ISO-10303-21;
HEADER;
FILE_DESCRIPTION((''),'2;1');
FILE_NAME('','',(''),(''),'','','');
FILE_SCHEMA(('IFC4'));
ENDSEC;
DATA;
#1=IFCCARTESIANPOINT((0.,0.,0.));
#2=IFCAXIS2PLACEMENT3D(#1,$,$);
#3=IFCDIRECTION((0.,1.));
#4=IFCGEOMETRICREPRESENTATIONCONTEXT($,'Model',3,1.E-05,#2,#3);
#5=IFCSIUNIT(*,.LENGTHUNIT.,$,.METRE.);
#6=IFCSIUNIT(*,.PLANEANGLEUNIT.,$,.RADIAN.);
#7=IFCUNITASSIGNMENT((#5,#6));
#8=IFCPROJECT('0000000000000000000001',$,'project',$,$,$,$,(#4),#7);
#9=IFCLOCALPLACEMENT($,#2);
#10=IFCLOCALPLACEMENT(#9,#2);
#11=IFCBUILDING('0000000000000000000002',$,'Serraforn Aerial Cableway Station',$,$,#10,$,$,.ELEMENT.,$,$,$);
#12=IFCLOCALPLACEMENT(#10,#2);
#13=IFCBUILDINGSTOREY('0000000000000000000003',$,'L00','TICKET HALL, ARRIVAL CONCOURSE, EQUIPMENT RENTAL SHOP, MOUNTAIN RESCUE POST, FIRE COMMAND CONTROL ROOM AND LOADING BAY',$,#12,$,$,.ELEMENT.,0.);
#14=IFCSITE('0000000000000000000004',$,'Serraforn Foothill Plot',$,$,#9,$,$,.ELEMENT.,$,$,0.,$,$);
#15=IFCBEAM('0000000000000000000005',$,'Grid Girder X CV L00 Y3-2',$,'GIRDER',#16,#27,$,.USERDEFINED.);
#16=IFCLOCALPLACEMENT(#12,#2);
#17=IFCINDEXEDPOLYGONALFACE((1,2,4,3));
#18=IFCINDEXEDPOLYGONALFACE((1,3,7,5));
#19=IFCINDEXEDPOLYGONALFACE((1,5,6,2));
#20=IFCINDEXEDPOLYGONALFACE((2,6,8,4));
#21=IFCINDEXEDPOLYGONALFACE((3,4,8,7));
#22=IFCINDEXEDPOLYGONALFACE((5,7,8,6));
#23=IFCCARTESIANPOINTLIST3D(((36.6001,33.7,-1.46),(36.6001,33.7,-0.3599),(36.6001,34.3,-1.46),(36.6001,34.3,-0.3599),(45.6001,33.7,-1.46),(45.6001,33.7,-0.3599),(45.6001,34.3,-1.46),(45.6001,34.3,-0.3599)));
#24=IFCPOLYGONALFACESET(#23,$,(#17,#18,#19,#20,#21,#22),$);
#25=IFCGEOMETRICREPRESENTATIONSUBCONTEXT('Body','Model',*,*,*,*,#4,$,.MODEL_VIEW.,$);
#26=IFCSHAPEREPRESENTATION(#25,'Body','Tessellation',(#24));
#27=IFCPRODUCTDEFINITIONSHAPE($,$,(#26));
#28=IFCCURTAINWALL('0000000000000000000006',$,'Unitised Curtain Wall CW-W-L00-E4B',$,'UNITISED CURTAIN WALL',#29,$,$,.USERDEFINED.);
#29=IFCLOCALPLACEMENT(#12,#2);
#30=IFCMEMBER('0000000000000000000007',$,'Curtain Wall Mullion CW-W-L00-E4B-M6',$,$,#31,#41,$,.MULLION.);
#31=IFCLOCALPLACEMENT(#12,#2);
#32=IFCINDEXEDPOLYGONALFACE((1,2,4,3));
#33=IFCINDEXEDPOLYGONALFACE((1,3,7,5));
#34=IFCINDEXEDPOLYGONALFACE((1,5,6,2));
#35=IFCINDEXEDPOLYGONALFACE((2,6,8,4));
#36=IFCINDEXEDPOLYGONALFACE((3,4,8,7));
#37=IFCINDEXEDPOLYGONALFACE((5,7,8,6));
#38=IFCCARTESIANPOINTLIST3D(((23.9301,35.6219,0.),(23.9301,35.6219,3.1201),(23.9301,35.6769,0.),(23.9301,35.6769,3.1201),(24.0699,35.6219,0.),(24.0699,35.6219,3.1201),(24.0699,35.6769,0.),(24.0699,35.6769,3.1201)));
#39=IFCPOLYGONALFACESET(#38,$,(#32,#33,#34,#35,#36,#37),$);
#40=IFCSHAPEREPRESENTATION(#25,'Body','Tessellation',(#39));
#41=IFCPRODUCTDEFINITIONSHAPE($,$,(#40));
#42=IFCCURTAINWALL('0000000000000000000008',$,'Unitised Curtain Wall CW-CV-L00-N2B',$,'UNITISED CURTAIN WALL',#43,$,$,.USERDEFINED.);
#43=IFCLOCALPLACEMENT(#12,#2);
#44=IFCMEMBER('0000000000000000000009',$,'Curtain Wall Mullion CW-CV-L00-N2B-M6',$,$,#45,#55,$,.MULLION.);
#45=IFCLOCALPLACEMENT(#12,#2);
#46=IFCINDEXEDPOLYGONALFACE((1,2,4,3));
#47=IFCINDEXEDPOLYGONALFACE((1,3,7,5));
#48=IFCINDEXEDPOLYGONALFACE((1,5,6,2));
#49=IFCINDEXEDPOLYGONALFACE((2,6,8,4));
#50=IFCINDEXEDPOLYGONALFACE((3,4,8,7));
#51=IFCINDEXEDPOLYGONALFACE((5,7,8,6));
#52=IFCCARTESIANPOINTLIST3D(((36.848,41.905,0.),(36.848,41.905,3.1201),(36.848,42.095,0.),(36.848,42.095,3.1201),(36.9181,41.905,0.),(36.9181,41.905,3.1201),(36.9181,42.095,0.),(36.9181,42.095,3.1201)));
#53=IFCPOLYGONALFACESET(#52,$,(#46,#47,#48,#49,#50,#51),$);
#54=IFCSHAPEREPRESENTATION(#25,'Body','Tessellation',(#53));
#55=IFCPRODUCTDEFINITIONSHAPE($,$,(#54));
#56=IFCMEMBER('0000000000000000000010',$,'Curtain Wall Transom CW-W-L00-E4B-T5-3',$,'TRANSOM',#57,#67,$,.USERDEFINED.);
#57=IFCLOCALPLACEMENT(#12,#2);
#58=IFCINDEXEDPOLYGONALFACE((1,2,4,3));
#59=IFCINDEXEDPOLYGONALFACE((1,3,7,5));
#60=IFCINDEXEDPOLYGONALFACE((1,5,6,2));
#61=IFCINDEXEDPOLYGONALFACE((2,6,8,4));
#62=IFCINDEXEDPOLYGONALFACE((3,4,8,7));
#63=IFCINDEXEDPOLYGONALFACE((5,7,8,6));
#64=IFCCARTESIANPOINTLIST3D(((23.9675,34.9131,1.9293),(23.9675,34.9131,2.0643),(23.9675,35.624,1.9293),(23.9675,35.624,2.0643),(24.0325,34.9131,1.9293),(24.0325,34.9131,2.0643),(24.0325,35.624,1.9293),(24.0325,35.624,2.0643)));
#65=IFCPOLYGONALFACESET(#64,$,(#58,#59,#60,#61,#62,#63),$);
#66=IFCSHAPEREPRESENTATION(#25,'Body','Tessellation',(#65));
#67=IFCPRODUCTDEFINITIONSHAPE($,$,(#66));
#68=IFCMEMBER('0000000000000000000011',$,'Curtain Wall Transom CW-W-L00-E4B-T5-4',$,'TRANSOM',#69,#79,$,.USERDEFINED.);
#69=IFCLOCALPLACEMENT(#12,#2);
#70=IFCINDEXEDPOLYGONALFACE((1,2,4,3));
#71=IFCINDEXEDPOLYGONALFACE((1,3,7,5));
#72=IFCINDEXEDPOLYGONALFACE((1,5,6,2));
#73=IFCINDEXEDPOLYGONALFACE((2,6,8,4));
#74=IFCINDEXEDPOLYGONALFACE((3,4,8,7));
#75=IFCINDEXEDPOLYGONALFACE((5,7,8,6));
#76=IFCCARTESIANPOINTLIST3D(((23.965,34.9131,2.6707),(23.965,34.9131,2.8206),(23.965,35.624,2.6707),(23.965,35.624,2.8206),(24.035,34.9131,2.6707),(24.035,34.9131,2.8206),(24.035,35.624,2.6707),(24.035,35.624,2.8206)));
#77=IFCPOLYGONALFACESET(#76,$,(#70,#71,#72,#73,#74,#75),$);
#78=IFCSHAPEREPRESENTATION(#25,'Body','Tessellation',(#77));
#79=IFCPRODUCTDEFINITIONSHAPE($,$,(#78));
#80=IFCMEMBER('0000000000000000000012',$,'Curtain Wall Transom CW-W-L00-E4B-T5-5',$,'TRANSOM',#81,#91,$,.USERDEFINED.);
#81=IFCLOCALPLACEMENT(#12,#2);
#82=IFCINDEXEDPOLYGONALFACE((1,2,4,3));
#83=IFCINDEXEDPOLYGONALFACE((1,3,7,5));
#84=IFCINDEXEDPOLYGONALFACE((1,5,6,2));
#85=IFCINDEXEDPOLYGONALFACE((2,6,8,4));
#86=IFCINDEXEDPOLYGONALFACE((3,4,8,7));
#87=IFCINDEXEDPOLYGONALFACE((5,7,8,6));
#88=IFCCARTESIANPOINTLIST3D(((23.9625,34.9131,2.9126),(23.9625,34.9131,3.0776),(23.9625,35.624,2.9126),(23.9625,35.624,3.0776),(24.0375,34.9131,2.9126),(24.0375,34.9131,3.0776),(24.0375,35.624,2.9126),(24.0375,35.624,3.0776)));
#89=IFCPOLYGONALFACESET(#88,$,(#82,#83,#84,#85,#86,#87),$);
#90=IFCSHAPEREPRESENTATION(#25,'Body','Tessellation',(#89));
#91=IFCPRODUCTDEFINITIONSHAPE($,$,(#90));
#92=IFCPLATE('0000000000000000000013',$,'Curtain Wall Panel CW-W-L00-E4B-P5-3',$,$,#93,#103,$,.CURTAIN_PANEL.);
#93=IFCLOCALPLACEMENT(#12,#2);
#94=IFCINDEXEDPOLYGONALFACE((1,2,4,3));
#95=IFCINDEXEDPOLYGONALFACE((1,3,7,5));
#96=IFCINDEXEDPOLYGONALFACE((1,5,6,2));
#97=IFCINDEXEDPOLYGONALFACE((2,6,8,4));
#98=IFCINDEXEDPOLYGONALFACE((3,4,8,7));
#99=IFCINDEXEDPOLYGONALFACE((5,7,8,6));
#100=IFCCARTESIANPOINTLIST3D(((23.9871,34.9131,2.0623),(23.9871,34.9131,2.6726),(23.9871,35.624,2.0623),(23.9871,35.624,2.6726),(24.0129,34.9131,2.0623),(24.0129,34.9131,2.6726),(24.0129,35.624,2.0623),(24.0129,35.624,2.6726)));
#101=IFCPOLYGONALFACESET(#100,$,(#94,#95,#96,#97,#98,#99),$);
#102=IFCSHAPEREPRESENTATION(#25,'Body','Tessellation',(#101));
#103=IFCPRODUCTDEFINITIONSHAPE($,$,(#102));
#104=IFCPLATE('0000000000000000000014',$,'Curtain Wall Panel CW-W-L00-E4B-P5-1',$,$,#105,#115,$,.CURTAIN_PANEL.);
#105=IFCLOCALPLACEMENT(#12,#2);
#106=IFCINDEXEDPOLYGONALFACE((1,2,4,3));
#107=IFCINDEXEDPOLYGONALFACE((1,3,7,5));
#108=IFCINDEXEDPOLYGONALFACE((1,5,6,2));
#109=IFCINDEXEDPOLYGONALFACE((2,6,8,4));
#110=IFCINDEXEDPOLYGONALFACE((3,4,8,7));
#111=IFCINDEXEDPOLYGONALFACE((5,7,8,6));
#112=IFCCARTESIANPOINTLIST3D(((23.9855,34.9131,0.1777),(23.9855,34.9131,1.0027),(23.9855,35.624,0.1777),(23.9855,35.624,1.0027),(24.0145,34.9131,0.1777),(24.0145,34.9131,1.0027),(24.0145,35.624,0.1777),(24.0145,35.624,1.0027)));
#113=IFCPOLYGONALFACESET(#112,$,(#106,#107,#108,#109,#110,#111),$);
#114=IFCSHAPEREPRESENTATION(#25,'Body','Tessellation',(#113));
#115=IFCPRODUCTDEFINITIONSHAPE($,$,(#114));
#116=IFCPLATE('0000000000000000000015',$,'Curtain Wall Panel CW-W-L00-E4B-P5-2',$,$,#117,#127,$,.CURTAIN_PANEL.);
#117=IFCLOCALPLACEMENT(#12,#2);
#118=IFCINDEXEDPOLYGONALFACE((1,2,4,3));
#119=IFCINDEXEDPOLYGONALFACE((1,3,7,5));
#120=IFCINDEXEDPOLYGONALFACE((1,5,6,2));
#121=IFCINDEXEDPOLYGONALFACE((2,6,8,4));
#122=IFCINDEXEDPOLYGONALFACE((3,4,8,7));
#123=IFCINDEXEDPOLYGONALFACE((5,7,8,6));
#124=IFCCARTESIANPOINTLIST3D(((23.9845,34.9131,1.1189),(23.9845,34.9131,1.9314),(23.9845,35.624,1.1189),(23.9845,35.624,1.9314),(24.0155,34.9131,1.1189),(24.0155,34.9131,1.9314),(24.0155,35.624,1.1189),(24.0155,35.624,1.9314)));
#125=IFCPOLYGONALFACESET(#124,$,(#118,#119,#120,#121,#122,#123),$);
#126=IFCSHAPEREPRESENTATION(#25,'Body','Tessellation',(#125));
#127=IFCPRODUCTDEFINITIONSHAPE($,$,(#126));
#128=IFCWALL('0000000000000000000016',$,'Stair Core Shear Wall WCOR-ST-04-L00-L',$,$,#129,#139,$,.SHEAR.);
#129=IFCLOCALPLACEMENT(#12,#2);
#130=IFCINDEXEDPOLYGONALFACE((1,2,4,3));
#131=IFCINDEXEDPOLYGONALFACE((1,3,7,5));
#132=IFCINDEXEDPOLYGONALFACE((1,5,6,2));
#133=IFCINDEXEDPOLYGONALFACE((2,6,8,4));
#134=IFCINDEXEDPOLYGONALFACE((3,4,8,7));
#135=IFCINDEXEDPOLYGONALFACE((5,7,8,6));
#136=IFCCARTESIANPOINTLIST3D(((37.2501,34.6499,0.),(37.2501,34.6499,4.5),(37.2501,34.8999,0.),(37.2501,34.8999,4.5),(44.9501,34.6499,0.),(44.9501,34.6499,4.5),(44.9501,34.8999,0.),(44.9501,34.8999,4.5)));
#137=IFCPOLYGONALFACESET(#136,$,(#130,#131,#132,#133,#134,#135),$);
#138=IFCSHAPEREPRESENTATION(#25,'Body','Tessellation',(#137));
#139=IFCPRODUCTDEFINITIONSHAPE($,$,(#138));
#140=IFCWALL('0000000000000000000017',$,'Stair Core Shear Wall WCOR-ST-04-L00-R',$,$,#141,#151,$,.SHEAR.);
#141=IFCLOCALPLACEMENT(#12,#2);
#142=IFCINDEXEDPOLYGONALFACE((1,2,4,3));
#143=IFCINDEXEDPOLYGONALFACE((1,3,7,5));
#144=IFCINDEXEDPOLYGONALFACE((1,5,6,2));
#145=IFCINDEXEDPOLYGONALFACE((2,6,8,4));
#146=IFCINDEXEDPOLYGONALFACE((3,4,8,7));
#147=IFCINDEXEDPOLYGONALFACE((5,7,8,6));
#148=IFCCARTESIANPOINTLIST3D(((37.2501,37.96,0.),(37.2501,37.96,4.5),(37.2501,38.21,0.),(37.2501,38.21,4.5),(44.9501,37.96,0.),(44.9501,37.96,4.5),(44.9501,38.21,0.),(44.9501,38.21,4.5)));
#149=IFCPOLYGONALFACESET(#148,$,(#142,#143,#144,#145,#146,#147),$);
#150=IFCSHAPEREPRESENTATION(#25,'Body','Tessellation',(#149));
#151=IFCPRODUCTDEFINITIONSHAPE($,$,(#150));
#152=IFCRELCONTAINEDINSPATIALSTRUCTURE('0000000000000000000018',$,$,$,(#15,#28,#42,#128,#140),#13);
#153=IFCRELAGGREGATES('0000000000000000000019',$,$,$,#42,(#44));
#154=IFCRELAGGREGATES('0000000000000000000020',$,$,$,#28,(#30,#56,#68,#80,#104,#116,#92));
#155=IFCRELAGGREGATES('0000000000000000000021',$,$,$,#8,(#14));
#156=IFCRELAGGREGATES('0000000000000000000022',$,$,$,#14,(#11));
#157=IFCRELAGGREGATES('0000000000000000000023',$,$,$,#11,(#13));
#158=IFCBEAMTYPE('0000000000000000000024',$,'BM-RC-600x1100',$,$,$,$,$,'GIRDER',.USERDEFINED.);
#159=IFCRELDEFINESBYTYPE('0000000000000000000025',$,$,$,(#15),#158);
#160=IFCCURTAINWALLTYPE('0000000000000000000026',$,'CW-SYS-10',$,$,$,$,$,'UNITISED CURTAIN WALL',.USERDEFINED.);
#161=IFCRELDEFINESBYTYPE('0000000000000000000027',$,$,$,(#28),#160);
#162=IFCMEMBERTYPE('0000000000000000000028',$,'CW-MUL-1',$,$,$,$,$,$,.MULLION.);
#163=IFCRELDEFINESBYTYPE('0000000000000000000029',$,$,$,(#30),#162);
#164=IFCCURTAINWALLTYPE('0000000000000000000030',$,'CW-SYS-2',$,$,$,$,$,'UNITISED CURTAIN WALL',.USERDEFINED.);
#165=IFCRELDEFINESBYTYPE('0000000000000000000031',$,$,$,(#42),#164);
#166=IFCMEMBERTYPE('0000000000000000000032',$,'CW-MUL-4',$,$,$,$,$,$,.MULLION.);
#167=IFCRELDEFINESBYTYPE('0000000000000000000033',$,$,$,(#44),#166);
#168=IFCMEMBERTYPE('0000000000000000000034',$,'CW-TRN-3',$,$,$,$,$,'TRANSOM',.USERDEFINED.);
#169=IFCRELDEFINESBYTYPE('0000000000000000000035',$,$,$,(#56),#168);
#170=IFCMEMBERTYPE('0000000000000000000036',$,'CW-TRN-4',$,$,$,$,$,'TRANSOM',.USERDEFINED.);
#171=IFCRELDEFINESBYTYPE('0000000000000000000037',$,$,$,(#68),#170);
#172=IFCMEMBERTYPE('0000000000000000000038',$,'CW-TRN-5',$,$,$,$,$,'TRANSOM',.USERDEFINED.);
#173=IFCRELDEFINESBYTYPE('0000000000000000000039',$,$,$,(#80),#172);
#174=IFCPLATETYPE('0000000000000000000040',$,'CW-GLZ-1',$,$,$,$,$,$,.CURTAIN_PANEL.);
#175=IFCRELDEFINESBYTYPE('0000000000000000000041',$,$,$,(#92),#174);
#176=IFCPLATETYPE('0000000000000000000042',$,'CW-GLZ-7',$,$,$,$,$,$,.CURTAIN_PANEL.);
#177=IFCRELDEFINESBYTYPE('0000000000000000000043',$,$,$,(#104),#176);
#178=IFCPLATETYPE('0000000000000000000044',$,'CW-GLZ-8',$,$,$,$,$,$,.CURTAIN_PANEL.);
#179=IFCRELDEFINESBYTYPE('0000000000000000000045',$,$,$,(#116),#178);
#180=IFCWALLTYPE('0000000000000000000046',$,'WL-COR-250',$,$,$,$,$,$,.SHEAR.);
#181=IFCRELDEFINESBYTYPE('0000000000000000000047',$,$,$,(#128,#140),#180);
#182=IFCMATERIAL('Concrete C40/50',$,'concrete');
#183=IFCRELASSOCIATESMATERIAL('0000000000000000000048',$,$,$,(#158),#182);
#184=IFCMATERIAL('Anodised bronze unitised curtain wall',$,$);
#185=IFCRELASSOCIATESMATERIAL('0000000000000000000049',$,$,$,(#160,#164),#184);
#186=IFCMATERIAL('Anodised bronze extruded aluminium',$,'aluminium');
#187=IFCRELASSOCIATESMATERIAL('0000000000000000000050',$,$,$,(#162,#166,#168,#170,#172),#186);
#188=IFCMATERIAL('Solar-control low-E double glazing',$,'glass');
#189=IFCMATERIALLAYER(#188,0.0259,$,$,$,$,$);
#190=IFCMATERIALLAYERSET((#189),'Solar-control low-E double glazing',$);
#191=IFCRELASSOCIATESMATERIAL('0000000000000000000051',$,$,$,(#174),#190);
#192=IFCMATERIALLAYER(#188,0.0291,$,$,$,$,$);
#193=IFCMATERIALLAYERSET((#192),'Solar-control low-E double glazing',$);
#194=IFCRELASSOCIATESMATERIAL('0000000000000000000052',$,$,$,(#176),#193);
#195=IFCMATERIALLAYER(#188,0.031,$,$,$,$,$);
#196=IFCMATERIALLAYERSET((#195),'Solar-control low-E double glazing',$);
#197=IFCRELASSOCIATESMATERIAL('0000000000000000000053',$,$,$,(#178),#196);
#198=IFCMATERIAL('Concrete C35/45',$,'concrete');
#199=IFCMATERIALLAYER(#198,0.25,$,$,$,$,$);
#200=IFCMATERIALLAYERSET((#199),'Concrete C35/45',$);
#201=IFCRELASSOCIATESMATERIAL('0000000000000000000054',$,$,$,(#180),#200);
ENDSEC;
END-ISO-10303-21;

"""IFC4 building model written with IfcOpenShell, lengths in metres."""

from ifc_helpers import new_model, si_unit, direction, frame, frame_2d, origin, origin_2d, place, context, subcontext, project, spatial, rectangle, extrude, material, layer, layer_set, material_profile, profile_set, type_object, element, aggregate, save


model = new_model("IFC4")

# Units and contexts
model_context = context("Model", 3, precision=1e-05, world=origin(), true_north=direction((0.0, 1.0)))
body_context = subcontext(model_context, "Body", "Model", "MODEL_VIEW")
ifc_project = project(units=[si_unit("LENGTHUNIT", "METRE"), si_unit("PLANEANGLEUNIT", "RADIAN")], contexts=[model_context])

# Site, building, storey
site_placement = place(None, origin())
site = spatial("IfcSite", under=ifc_project, at=site_placement, Name="Serraforn Foothill Plot", CompositionType="ELEMENT", RefElevation=0.0)
building_placement = place(site_placement, origin())
building = spatial("IfcBuilding", under=site, at=building_placement, Name="Serraforn Aerial Cableway Station", CompositionType="ELEMENT")
storey_placement = place(building_placement, origin())
storey = spatial("IfcBuildingStorey", under=building, at=storey_placement, Name="L00", Description="TICKET HALL, ARRIVAL CONCOURSE, EQUIPMENT RENTAL SHOP, MOUNTAIN RESCUE POST, FIRE COMMAND CONTROL ROOM AND LOADING BAY", CompositionType="ELEMENT", Elevation=0.0)

# Shared definitions
ifc_material_1 = material(Name="Concrete C35/45", Category="concrete")

# Shared definitions
ifc_material_2 = material(Name="Concrete C40/50", Category="concrete")

# Beam
ifc_material_profile_1 = material_profile(ifc_material_2, rectangle(XDim=0.6001, YDim=1.1001, at=origin_2d()), Name="RC 600x1100")
ifc_profile_set_1 = profile_set([ifc_material_profile_1], Name="Concrete C40/50")
beam_type_1 = type_object("IfcBeamType", Name="BM-RC-600x1100", ElementType="GIRDER", PredefinedType="USERDEFINED", material=ifc_profile_set_1)
for number, where, z_axis, x_axis, name in (
    (1, (36.6001, 34.0, -0.9099), (1.0, 0.0, 0.0), (0.0, 1.0, 0.0), "Grid Girder X CV L00 Y3-2"),
):
    element("IfcBeam", number, at=place(storey_placement, frame(where, z_axis=z_axis, x_axis=x_axis)), inside=storey, type_object=beam_type_1, Name=name, ObjectType="GIRDER", PredefinedType="USERDEFINED", context=body_context, shape_type="SweptSolid", body=[
        extrude(rectangle(XDim=0.6001, YDim=1.1001, at=origin_2d()), origin(), (0.0, 0.0, 1.0), 9.0),
    ])

# Curtain walls, members
ifc_material_3 = material(Name="Anodised bronze unitised curtain wall")
curtain_wall_type_1 = type_object("IfcCurtainWallType", Name="CW-SYS-10", ElementType="UNITISED CURTAIN WALL", PredefinedType="USERDEFINED", material=ifc_material_3)
curtain_wall_1_placement = place(storey_placement, origin())
curtain_wall_1 = element("IfcCurtainWall", 2, at=curtain_wall_1_placement, inside=storey, type_object=curtain_wall_type_1, Name="Unitised Curtain Wall CW-W-L00-E4B", ObjectType="UNITISED CURTAIN WALL", PredefinedType="USERDEFINED")
ifc_material_4 = material(Name="Anodised bronze extruded aluminium", Category="aluminium")
ifc_material_profile_2 = material_profile(ifc_material_4, rectangle(XDim=0.0549, YDim=0.1399, at=origin_2d()), Name="CW MULLION 55x140")
ifc_profile_set_2 = profile_set([ifc_material_profile_2], Name="Anodised bronze extruded aluminium")
member_type_1 = type_object("IfcMemberType", Name="CW-MUL-1", PredefinedType="MULLION", material=ifc_profile_set_2)
member_1_placement = place(storey_placement, frame((24.0, 35.6494, 0.0), z_axis=(0.0, 0.0, 1.0), x_axis=(0.0, 1.0, 0.0)))
member_1 = element("IfcMember", 3, at=member_1_placement, type_object=member_type_1, Name="Curtain Wall Mullion CW-W-L00-E4B-M6", PredefinedType="MULLION", context=body_context, shape_type="SweptSolid", body=[
    extrude(rectangle(XDim=0.0549, YDim=0.1399, at=origin_2d()), origin(), (0.0, 0.0, 1.0), 3.1201),
])
curtain_wall_type_2 = type_object("IfcCurtainWallType", Name="CW-SYS-2", ElementType="UNITISED CURTAIN WALL", PredefinedType="USERDEFINED", material=ifc_material_3)
curtain_wall_2_placement = place(storey_placement, origin())
curtain_wall_2 = element("IfcCurtainWall", 4, at=curtain_wall_2_placement, inside=storey, type_object=curtain_wall_type_2, Name="Unitised Curtain Wall CW-CV-L00-N2B", ObjectType="UNITISED CURTAIN WALL", PredefinedType="USERDEFINED")
ifc_material_profile_3 = material_profile(ifc_material_4, rectangle(XDim=0.0701, YDim=0.1899, at=origin_2d()), Name="CW MULLION 70x190")
ifc_profile_set_3 = profile_set([ifc_material_profile_3], Name="Anodised bronze extruded aluminium")
member_type_2 = type_object("IfcMemberType", Name="CW-MUL-4", PredefinedType="MULLION", material=ifc_profile_set_3)
member_2_placement = place(storey_placement, frame((36.8831, 42.0, 0.0), z_axis=(0.0, 0.0, 1.0), x_axis=(-1.0, 0.0, 0.0)))
member_2 = element("IfcMember", 5, at=member_2_placement, type_object=member_type_2, Name="Curtain Wall Mullion CW-CV-L00-N2B-M6", PredefinedType="MULLION", context=body_context, shape_type="SweptSolid", body=[
    extrude(rectangle(XDim=0.0701, YDim=0.1899, at=origin_2d()), origin(), (0.0, 0.0, 1.0), 3.1201),
])
aggregate(curtain_wall_2, [member_2])

# Members
ifc_material_profile_4 = material_profile(ifc_material_4, rectangle(XDim=0.0649, YDim=0.135, at=origin_2d()), Name="CW TRANSOM 65x135")
ifc_profile_set_4 = profile_set([ifc_material_profile_4], Name="Anodised bronze extruded aluminium")
member_type_3 = type_object("IfcMemberType", Name="CW-TRN-3", ElementType="TRANSOM", PredefinedType="USERDEFINED", material=ifc_profile_set_4)
member_3_placement = place(storey_placement, frame((24.0, 34.9131, 1.9968), z_axis=(0.0, 1.0, 0.0), x_axis=(-1.0, 0.0, 0.0)))
member_3 = element("IfcMember", 6, at=member_3_placement, type_object=member_type_3, Name="Curtain Wall Transom CW-W-L00-E4B-T5-3", ObjectType="TRANSOM", PredefinedType="USERDEFINED", context=body_context, shape_type="SweptSolid", body=[
    extrude(rectangle(XDim=0.0649, YDim=0.135, at=origin_2d()), origin(), (0.0, 0.0, 1.0), 0.7109),
])
ifc_material_profile_5 = material_profile(ifc_material_4, rectangle(XDim=0.0701, YDim=0.1499, at=origin_2d()), Name="CW TRANSOM 70x150")
ifc_profile_set_5 = profile_set([ifc_material_profile_5], Name="Anodised bronze extruded aluminium")
member_type_4 = type_object("IfcMemberType", Name="CW-TRN-4", ElementType="TRANSOM", PredefinedType="USERDEFINED", material=ifc_profile_set_5)
member_4_placement = place(storey_placement, frame((24.0, 34.9131, 2.7456), z_axis=(0.0, 1.0, 0.0), x_axis=(-1.0, 0.0, 0.0)))
member_4 = element("IfcMember", 7, at=member_4_placement, type_object=member_type_4, Name="Curtain Wall Transom CW-W-L00-E4B-T5-4", ObjectType="TRANSOM", PredefinedType="USERDEFINED", context=body_context, shape_type="SweptSolid", body=[
    extrude(rectangle(XDim=0.0701, YDim=0.1499, at=origin_2d()), origin(), (0.0, 0.0, 1.0), 0.7109),
])
ifc_material_profile_6 = material_profile(ifc_material_4, rectangle(XDim=0.075, YDim=0.165, at=origin_2d()), Name="CW TRANSOM 75x165")
ifc_profile_set_6 = profile_set([ifc_material_profile_6], Name="Anodised bronze extruded aluminium")
member_type_5 = type_object("IfcMemberType", Name="CW-TRN-5", ElementType="TRANSOM", PredefinedType="USERDEFINED", material=ifc_profile_set_6)
member_5_placement = place(storey_placement, frame((24.0, 34.9131, 2.9951), z_axis=(0.0, 1.0, 0.0), x_axis=(-1.0, 0.0, 0.0)))
member_5 = element("IfcMember", 8, at=member_5_placement, type_object=member_type_5, Name="Curtain Wall Transom CW-W-L00-E4B-T5-5", ObjectType="TRANSOM", PredefinedType="USERDEFINED", context=body_context, shape_type="SweptSolid", body=[
    extrude(rectangle(XDim=0.075, YDim=0.165, at=origin_2d()), origin(), (0.0, 0.0, 1.0), 0.7109),
])

# Plates
ifc_material_5 = material(Name="Solar-control low-E double glazing", Category="glass")
ifc_layer_1 = layer(ifc_material_5, 0.0259)
ifc_layer_set_1 = layer_set([ifc_layer_1], Name="Solar-control low-E double glazing")
plate_type_1 = type_object("IfcPlateType", Name="CW-GLZ-1", PredefinedType="CURTAIN_PANEL", material=ifc_layer_set_1)
plate_1_placement = place(storey_placement, frame((24.0, 35.2686, 2.0623), z_axis=(0.0, 0.0, 1.0), x_axis=(1.0, 0.0, 0.0)))
plate_1 = element("IfcPlate", 9, at=plate_1_placement, type_object=plate_type_1, Name="Curtain Wall Panel CW-W-L00-E4B-P5-3", PredefinedType="CURTAIN_PANEL", context=body_context, shape_type="SweptSolid", body=[
    extrude(rectangle(XDim=0.0259, YDim=0.7109, at=origin_2d()), origin(), (0.0, 0.0, 1.0), 0.6104),
])
ifc_layer_2 = layer(ifc_material_5, 0.0291)
ifc_layer_set_2 = layer_set([ifc_layer_2], Name="Solar-control low-E double glazing")
plate_type_2 = type_object("IfcPlateType", Name="CW-GLZ-7", PredefinedType="CURTAIN_PANEL", material=ifc_layer_set_2)
plate_2_placement = place(storey_placement, frame((24.0, 35.2686, 0.1777), z_axis=(0.0, 0.0, 1.0), x_axis=(1.0, 0.0, 0.0)))
plate_2 = element("IfcPlate", 10, at=plate_2_placement, type_object=plate_type_2, Name="Curtain Wall Panel CW-W-L00-E4B-P5-1", PredefinedType="CURTAIN_PANEL", context=body_context, shape_type="SweptSolid", body=[
    extrude(rectangle(XDim=0.0291, YDim=0.7109, at=origin_2d()), origin(), (0.0, 0.0, 1.0), 0.825),
])
ifc_layer_3 = layer(ifc_material_5, 0.031)
ifc_layer_set_3 = layer_set([ifc_layer_3], Name="Solar-control low-E double glazing")
plate_type_3 = type_object("IfcPlateType", Name="CW-GLZ-8", PredefinedType="CURTAIN_PANEL", material=ifc_layer_set_3)
plate_3_placement = place(storey_placement, frame((24.0, 35.2686, 1.1189), z_axis=(0.0, 0.0, 1.0), x_axis=(1.0, 0.0, 0.0)))
plate_3 = element("IfcPlate", 11, at=plate_3_placement, type_object=plate_type_3, Name="Curtain Wall Panel CW-W-L00-E4B-P5-2", PredefinedType="CURTAIN_PANEL", context=body_context, shape_type="SweptSolid", body=[
    extrude(rectangle(XDim=0.031, YDim=0.7109, at=origin_2d()), origin(), (0.0, 0.0, 1.0), 0.8125),
])
aggregate(curtain_wall_1, [member_1, member_3, member_4, member_5, plate_2, plate_3, plate_1])

# Walls
ifc_layer_4 = layer(ifc_material_1, 0.25)
ifc_layer_set_4 = layer_set([ifc_layer_4], Name="Concrete C35/45")
wall_type_1 = type_object("IfcWallType", Name="WL-COR-250", PredefinedType="SHEAR", material=ifc_layer_set_4)
for number, where, z_axis, x_axis, name in (
    (12, (37.25, 34.7749, 0.0), (0.0, 0.0, 1.0), (1.0, 0.0, 0.0), "Stair Core Shear Wall WCOR-ST-04-L00-L"),
    (13, (37.25, 38.085, 0.0), (0.0, 0.0, 1.0), (1.0, 0.0, 0.0), "Stair Core Shear Wall WCOR-ST-04-L00-R"),
):
    element("IfcWall", number, at=place(storey_placement, frame(where, z_axis=z_axis, x_axis=x_axis)), inside=storey, type_object=wall_type_1, Name=name, PredefinedType="SHEAR", context=body_context, shape_type="SweptSolid", body=[
        extrude(rectangle(XDim=7.7, YDim=0.25, at=frame_2d((3.8501, 0.0))), origin(), (0.0, 0.0, 1.0), 4.5),
    ])

save(model, "model.ifc")
